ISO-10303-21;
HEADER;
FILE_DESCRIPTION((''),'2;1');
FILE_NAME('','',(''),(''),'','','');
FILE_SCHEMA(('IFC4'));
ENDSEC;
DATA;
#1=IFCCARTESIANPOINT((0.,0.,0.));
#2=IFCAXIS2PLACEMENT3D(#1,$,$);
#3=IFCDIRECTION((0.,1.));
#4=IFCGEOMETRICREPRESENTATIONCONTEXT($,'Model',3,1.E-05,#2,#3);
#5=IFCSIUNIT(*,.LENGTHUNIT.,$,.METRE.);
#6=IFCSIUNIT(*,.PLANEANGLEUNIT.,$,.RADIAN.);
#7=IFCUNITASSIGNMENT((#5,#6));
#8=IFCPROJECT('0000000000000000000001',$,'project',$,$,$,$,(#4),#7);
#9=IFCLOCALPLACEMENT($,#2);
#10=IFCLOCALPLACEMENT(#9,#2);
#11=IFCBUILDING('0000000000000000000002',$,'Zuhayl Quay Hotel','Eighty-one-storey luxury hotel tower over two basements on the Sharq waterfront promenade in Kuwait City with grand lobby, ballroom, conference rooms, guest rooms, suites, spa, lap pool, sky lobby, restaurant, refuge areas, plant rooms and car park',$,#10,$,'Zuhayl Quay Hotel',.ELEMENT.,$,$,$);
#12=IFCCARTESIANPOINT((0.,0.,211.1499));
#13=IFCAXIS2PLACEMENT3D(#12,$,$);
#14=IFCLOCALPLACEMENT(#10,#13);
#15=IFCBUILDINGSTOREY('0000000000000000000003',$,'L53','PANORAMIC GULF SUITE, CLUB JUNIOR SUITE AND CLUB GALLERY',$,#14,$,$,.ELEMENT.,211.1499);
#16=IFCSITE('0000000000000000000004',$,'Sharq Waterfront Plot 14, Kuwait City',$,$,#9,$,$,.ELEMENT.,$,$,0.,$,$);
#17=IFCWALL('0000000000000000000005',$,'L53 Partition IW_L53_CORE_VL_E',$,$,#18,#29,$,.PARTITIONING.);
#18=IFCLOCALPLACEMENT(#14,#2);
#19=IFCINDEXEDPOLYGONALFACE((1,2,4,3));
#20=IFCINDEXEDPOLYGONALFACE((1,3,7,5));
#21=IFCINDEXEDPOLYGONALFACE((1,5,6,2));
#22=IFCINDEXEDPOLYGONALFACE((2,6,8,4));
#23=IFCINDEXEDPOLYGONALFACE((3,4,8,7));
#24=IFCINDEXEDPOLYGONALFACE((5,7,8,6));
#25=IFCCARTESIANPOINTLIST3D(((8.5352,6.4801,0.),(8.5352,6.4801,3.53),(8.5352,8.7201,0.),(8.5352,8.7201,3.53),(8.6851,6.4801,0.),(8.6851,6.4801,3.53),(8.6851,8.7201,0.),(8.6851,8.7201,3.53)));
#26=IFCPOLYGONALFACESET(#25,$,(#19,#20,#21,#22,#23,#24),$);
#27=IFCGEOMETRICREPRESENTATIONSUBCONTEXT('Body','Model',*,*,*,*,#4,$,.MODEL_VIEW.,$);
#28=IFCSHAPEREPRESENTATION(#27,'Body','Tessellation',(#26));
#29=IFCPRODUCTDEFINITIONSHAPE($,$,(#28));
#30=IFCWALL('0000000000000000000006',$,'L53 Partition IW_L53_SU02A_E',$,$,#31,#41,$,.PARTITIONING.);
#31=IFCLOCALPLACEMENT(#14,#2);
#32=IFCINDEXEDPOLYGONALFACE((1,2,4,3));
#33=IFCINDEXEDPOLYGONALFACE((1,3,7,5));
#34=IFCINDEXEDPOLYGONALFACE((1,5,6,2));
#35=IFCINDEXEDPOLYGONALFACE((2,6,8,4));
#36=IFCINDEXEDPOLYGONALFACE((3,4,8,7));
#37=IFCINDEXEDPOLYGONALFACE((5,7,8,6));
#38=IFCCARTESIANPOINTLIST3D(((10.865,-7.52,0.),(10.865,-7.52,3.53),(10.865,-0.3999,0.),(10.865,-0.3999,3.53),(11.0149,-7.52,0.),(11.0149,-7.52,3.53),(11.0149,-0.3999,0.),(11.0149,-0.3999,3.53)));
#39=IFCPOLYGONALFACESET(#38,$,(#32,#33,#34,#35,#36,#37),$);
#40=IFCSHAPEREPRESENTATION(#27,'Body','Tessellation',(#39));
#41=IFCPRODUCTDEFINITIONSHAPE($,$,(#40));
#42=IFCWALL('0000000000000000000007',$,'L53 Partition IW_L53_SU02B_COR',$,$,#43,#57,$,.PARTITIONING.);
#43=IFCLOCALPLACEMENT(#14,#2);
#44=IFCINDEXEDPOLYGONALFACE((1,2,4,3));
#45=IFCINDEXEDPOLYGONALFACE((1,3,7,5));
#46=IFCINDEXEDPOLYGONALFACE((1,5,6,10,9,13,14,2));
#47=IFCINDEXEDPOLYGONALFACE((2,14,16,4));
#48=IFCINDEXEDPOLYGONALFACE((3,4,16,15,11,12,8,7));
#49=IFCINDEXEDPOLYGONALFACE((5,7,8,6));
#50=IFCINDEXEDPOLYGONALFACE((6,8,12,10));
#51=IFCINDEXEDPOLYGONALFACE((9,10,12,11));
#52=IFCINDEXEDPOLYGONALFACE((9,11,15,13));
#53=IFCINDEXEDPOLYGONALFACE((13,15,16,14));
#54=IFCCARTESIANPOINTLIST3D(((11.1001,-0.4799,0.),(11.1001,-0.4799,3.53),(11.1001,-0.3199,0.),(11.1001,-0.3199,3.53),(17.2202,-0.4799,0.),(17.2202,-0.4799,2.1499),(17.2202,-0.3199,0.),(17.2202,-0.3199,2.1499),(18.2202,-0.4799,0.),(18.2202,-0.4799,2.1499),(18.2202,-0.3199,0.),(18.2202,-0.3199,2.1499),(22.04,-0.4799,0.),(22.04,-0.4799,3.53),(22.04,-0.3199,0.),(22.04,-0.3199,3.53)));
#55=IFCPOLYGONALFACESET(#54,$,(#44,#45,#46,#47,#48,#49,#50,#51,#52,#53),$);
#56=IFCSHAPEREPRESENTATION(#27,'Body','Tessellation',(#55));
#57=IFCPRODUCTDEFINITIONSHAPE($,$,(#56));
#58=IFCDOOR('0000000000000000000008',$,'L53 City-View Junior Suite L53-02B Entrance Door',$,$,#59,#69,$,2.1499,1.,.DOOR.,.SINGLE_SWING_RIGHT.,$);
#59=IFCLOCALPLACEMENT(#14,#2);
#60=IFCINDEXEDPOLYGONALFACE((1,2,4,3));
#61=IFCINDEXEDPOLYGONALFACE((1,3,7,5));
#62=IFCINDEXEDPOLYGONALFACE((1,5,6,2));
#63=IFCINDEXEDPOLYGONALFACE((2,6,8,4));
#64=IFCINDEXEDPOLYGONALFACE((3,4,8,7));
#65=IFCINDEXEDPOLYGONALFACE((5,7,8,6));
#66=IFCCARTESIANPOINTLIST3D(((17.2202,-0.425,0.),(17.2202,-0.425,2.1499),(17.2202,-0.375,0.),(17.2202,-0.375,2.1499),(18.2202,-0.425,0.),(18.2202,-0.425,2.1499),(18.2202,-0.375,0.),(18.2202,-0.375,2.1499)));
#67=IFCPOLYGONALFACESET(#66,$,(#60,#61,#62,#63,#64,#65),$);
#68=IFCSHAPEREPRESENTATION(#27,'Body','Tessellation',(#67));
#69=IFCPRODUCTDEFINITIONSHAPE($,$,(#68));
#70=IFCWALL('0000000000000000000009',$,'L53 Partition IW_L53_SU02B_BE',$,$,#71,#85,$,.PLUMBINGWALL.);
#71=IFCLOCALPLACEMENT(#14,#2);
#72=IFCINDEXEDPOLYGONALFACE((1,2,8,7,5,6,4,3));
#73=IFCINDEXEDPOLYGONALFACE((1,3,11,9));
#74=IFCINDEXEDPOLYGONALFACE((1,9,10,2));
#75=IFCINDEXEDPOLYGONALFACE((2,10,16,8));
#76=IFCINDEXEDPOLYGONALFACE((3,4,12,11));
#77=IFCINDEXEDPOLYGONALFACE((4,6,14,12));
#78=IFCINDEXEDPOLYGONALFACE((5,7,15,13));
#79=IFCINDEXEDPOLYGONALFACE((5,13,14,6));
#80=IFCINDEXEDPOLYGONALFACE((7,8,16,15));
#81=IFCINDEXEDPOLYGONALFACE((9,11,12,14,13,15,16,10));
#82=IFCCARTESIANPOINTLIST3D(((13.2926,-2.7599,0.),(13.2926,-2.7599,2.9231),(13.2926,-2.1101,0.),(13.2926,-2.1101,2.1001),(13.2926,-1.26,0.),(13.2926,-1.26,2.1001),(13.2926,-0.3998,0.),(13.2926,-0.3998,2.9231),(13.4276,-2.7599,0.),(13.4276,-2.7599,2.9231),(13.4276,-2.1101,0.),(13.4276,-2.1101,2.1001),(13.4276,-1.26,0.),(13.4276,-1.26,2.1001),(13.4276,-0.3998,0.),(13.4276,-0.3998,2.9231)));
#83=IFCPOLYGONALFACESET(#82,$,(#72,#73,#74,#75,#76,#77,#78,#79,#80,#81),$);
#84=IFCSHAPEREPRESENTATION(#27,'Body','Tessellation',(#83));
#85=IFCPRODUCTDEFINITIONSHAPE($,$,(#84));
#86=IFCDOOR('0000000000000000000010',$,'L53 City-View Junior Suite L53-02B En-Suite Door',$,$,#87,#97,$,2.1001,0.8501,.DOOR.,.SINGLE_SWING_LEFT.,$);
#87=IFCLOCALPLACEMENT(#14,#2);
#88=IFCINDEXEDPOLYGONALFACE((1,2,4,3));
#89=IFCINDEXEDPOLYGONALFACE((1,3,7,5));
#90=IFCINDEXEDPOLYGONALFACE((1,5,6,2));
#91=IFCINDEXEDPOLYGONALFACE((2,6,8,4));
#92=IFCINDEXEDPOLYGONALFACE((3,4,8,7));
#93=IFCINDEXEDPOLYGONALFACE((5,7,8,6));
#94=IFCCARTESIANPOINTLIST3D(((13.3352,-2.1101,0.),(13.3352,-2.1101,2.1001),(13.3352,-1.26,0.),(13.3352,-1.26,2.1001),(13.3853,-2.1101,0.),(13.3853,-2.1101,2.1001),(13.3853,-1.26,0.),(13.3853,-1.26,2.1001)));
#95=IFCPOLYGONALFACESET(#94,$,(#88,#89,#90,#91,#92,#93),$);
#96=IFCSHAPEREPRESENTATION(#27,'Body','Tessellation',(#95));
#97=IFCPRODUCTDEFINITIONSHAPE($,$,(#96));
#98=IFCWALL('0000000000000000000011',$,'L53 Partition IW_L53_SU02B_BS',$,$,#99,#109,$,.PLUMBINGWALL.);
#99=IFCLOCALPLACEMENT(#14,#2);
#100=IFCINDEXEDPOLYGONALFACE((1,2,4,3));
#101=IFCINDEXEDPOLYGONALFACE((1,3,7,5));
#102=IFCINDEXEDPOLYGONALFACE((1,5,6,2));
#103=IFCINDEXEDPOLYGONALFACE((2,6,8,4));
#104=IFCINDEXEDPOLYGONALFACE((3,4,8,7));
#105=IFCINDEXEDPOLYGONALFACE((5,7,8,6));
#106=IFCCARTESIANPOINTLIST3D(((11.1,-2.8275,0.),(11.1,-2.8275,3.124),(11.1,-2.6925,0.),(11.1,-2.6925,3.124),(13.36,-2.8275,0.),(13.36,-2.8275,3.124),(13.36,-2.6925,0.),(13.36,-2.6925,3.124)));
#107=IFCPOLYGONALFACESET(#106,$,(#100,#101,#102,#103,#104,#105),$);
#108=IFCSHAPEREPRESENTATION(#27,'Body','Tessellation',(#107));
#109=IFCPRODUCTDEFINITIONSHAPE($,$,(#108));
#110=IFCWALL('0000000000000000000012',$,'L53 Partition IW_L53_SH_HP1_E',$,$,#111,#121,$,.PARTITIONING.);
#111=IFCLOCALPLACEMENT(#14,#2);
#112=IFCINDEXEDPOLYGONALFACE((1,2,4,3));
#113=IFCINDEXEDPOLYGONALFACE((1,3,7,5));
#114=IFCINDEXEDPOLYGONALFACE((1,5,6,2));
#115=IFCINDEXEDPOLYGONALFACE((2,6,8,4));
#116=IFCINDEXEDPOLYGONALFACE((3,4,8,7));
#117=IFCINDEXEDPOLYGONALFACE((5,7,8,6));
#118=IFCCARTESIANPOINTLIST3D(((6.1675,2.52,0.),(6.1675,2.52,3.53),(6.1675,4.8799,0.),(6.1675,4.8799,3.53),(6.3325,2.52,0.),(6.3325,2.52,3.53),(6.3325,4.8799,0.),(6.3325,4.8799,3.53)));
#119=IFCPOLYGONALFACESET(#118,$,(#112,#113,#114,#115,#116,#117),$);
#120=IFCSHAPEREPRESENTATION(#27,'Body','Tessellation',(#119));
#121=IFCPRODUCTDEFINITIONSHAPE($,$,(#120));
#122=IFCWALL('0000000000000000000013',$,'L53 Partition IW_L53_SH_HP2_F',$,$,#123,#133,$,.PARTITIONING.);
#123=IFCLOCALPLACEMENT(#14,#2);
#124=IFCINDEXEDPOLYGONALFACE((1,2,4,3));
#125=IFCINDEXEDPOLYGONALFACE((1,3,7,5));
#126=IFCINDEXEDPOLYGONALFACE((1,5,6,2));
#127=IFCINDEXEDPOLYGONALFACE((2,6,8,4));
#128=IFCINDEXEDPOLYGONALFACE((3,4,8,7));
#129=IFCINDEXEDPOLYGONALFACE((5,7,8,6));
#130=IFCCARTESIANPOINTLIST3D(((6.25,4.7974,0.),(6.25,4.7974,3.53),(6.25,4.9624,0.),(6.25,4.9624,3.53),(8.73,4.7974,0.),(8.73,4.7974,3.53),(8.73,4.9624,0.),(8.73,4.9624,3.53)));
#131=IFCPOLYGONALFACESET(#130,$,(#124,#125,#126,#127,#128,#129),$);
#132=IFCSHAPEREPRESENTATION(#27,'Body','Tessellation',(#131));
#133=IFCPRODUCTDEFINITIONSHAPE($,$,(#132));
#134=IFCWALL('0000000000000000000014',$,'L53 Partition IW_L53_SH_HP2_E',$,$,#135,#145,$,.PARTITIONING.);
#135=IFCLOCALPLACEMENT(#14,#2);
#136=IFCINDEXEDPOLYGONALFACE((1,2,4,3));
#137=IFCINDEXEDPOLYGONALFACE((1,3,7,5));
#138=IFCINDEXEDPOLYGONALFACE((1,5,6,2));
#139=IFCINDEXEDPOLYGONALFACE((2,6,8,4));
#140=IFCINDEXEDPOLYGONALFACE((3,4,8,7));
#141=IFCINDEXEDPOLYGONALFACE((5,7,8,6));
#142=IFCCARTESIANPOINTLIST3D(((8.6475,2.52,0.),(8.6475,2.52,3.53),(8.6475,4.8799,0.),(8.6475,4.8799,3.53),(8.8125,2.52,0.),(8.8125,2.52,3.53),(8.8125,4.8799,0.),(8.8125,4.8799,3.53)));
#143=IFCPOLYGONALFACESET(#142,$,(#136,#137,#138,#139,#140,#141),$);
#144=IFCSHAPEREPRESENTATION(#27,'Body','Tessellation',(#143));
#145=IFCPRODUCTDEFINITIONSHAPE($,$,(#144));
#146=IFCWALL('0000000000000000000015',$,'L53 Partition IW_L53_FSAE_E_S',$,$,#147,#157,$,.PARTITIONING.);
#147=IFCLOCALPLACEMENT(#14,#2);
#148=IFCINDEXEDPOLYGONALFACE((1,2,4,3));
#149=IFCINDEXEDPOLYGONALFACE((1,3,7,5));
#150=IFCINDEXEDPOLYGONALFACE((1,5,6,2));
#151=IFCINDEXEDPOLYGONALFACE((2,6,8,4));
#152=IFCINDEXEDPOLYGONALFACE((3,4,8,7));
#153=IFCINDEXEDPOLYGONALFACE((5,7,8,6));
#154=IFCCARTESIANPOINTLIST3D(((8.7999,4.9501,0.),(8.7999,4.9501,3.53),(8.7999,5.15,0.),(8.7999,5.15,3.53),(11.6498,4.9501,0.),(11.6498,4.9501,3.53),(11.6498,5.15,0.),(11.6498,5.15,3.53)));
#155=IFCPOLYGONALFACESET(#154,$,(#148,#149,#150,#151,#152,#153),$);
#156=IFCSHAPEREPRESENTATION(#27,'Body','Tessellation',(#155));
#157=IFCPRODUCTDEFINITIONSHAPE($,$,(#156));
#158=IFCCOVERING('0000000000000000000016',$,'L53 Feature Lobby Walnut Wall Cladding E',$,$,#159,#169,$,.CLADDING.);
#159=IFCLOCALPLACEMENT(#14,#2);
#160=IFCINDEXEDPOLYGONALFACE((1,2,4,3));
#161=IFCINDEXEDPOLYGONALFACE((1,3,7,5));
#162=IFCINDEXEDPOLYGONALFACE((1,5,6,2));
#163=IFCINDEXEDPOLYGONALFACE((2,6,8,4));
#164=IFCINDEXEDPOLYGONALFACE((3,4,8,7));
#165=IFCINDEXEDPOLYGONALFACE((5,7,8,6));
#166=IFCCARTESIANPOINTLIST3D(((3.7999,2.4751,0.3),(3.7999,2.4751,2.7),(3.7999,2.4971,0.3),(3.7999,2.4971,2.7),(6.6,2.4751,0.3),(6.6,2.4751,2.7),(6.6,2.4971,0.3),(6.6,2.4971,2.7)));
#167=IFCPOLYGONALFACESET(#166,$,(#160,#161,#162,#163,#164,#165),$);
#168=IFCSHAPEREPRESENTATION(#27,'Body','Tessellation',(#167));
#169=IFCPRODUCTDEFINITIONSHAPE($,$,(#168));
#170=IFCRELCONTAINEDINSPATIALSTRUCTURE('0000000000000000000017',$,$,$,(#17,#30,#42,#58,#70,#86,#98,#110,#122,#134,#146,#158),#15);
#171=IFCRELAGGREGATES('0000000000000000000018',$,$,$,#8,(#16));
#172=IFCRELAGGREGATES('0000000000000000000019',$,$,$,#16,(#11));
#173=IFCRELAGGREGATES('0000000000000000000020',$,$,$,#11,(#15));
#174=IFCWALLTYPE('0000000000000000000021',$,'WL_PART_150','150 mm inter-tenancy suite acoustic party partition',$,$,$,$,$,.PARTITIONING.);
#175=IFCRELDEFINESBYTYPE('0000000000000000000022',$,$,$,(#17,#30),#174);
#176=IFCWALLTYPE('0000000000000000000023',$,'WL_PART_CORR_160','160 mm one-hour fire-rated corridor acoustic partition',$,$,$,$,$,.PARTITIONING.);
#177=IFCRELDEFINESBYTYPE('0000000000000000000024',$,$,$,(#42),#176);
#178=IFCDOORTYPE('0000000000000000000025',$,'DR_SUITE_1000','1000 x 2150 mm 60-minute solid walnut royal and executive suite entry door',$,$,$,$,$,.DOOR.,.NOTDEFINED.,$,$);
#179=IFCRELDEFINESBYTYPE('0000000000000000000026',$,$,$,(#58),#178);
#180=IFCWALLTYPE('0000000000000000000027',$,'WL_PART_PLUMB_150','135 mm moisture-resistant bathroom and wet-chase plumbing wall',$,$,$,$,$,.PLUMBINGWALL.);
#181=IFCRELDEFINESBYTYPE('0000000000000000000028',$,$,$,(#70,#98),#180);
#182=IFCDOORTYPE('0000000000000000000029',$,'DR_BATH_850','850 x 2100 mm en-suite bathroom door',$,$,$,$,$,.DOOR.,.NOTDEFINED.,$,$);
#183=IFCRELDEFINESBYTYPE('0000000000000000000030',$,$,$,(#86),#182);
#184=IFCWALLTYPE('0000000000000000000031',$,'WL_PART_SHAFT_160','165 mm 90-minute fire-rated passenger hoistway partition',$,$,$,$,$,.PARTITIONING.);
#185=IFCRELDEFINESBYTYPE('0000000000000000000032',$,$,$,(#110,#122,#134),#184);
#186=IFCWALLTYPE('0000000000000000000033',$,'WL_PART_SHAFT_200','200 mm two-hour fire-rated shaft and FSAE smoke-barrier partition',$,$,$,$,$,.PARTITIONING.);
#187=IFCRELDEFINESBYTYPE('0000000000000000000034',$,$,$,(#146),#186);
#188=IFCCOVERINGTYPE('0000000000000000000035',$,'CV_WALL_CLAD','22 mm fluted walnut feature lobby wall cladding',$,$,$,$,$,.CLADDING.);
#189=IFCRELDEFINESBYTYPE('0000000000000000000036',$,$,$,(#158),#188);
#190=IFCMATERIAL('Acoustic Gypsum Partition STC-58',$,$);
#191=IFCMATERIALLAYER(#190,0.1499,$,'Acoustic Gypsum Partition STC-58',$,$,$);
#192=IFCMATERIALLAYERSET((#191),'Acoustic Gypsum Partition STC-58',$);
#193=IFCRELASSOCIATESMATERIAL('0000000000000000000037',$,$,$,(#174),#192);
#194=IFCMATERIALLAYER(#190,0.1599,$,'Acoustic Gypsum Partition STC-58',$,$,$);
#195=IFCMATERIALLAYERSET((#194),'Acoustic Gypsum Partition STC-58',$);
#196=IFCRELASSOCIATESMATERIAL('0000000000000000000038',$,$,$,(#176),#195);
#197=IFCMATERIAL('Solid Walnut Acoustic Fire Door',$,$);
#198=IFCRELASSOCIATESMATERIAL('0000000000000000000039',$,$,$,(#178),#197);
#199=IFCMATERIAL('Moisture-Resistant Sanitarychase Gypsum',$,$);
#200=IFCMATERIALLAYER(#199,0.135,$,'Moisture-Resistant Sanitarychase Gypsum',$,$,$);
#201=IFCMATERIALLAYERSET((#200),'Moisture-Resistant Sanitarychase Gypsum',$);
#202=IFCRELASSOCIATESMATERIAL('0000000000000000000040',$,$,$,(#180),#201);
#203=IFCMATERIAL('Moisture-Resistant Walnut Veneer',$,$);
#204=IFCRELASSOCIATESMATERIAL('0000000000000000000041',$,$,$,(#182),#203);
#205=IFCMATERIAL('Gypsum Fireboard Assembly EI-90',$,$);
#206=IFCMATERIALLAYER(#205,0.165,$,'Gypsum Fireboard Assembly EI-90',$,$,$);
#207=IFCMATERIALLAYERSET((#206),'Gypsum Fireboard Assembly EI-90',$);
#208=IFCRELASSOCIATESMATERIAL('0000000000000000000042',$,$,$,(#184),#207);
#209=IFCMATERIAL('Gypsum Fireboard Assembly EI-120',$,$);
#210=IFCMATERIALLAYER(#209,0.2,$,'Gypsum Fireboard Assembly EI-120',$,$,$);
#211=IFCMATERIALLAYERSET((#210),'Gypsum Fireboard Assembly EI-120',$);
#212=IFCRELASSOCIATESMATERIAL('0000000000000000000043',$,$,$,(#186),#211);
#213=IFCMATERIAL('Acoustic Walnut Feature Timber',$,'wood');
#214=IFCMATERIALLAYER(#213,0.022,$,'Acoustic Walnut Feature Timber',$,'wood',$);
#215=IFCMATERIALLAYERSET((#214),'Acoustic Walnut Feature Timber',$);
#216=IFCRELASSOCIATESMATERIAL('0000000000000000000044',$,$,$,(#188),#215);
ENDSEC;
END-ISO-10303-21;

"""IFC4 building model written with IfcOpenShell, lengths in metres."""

from ifc_helpers import new_model, si_unit, direction, frame, frame_2d, origin, origin_2d, place, context, subcontext, project, spatial, rectangle, extrude, material, layer, layer_set, type_object, element, fill, save


model = new_model("IFC4")

# Units and contexts
model_context = context("Model", 3, precision=1e-05, world=origin(), true_north=direction((0.0, 1.0)))
body_context = subcontext(model_context, "Body", "Model", "MODEL_VIEW")
ifc_project = project(units=[si_unit("LENGTHUNIT", "METRE"), si_unit("PLANEANGLEUNIT", "RADIAN")], contexts=[model_context])

# Site, building, storey
site_placement = place(None, origin())
site = spatial("IfcSite", under=ifc_project, at=site_placement, Name="Sharq Waterfront Plot 14, Kuwait City", CompositionType="ELEMENT", RefElevation=0.0)
building_placement = place(site_placement, origin())
building = spatial("IfcBuilding", under=site, at=building_placement, Name="Zuhayl Quay Hotel", Description="Eighty-one-storey luxury hotel tower over two basements on the Sharq waterfront promenade in Kuwait City with grand lobby, ballroom, conference rooms, guest rooms, suites, spa, lap pool, sky lobby, restaurant, refuge areas, plant rooms and car park", LongName="Zuhayl Quay Hotel", CompositionType="ELEMENT")
storey_placement = place(building_placement, frame((0.0, 0.0, 211.1499)))
storey = spatial("IfcBuildingStorey", under=building, at=storey_placement, Name="L53", Description="PANORAMIC GULF SUITE, CLUB JUNIOR SUITE AND CLUB GALLERY", CompositionType="ELEMENT", Elevation=211.1499)

# Walls
ifc_material_1 = material(Name="Acoustic Gypsum Partition STC-58")
ifc_layer_1 = layer(ifc_material_1, 0.1499, Name="Acoustic Gypsum Partition STC-58")
ifc_layer_set_1 = layer_set([ifc_layer_1], Name="Acoustic Gypsum Partition STC-58")
wall_type_1 = type_object("IfcWallType", Name="WL_PART_150", Description="150 mm inter-tenancy suite acoustic party partition", PredefinedType="PARTITIONING", material=ifc_layer_set_1)
wall_1_placement = place(storey_placement, frame((8.6101, 6.48, 0.0), z_axis=(0.0, 0.0, 1.0), x_axis=(0.0, 1.0, 0.0)))
element("IfcWall", 1, at=wall_1_placement, inside=storey, type_object=wall_type_1, Name="L53 Partition IW_L53_CORE_VL_E", PredefinedType="PARTITIONING", context=body_context, shape_type="SweptSolid", body=[
    extrude(rectangle(XDim=2.24, YDim=0.1499, at=frame_2d((1.1201, 0.0))), origin(), (0.0, 0.0, 1.0), 3.53),
])
wall_2_placement = place(storey_placement, frame((10.9399, -7.52, 0.0), z_axis=(0.0, 0.0, 1.0), x_axis=(0.0, 1.0, 0.0)))
element("IfcWall", 2, at=wall_2_placement, inside=storey, type_object=wall_type_1, Name="L53 Partition IW_L53_SU02A_E", PredefinedType="PARTITIONING", context=body_context, shape_type="SweptSolid", body=[
    extrude(rectangle(XDim=7.1201, YDim=0.1499, at=frame_2d((3.5601, 0.0))), origin(), (0.0, 0.0, 1.0), 3.53),
])

# Walls, openings, doors
ifc_layer_2 = layer(ifc_material_1, 0.1599, Name="Acoustic Gypsum Partition STC-58")
ifc_layer_set_2 = layer_set([ifc_layer_2], Name="Acoustic Gypsum Partition STC-58")
wall_type_2 = type_object("IfcWallType", Name="WL_PART_CORR_160", Description="160 mm one-hour fire-rated corridor acoustic partition", PredefinedType="PARTITIONING", material=ifc_layer_set_2)
wall_3_placement = place(storey_placement, frame((11.1001, -0.3999, 0.0), z_axis=(0.0, 0.0, 1.0), x_axis=(1.0, 0.0, 0.0)))
wall_3 = element("IfcWall", 3, at=wall_3_placement, inside=storey, type_object=wall_type_2, Name="L53 Partition IW_L53_SU02B_COR", PredefinedType="PARTITIONING", context=body_context, shape_type="SweptSolid", body=[
    extrude(rectangle(XDim=10.9399, YDim=0.1599, at=frame_2d((5.47, 0.0))), origin(), (0.0, 0.0, 1.0), 3.53),
])
opening_1_placement = place(wall_3_placement, frame((6.1201, 0.0, 0.0)))
opening_1 = element("IfcOpeningElement", 4, at=opening_1_placement, cuts=wall_3, PredefinedType="OPENING", context=body_context, shape_type="SweptSolid", body=[
    extrude(rectangle(XDim=1.0, YDim=2.1499, at=frame_2d((0.5, 1.075))), frame((0.0, 0.0898, 0.0), z_axis=(0.0, -1.0, 0.0), x_axis=(1.0, 0.0, 0.0)), (0.0, 0.0, 1.0), 0.1799),
])
ifc_material_2 = material(Name="Solid Walnut Acoustic Fire Door")
door_type_1 = type_object("IfcDoorType", Name="DR_SUITE_1000", Description="1000 x 2150 mm 60-minute solid walnut royal and executive suite entry door", OperationType="NOTDEFINED", PredefinedType="DOOR", material=ifc_material_2)
door_1_placement = place(opening_1_placement, origin())
door_1 = element("IfcDoor", 5, at=door_1_placement, inside=storey, type_object=door_type_1, Name="L53 City-View Junior Suite L53-02B Entrance Door", OperationType="SINGLE_SWING_RIGHT", OverallHeight=2.1499, OverallWidth=1.0, PredefinedType="DOOR", context=body_context, shape_type="SweptSolid", body=[
    extrude(rectangle(XDim=1.0, YDim=2.1499, at=frame_2d((0.5, 1.075))), frame((0.0, 0.0249, 0.0), z_axis=(0.0, -1.0, 0.0), x_axis=(1.0, 0.0, 0.0)), (0.0, 0.0, 1.0), 0.05),
])
fill(opening_1, door_1)
ifc_material_3 = material(Name="Moisture-Resistant Sanitarychase Gypsum")
ifc_layer_3 = layer(ifc_material_3, 0.135, Name="Moisture-Resistant Sanitarychase Gypsum")
ifc_layer_set_3 = layer_set([ifc_layer_3], Name="Moisture-Resistant Sanitarychase Gypsum")
wall_type_3 = type_object("IfcWallType", Name="WL_PART_PLUMB_150", Description="135 mm moisture-resistant bathroom and wet-chase plumbing wall", PredefinedType="PLUMBINGWALL", material=ifc_layer_set_3)
wall_4_placement = place(storey_placement, frame((13.3601, -2.76, 0.0), z_axis=(0.0, 0.0, 1.0), x_axis=(0.0, 1.0, 0.0)))
wall_4 = element("IfcWall", 6, at=wall_4_placement, inside=storey, type_object=wall_type_3, Name="L53 Partition IW_L53_SU02B_BE", PredefinedType="PLUMBINGWALL", context=body_context, shape_type="SweptSolid", body=[
    extrude(rectangle(XDim=2.3601, YDim=0.135, at=frame_2d((1.1802, 0.0))), origin(), (0.0, 0.0, 1.0), 2.9231),
])
opening_2_placement = place(wall_4_placement, frame((0.6499, 0.0, 0.0)))
opening_2 = element("IfcOpeningElement", 7, at=opening_2_placement, cuts=wall_4, PredefinedType="OPENING", context=body_context, shape_type="SweptSolid", body=[
    extrude(rectangle(XDim=0.8501, YDim=2.1001, at=frame_2d((0.425, 1.05))), frame((0.0, 0.0774, 0.0), z_axis=(0.0, -1.0, 0.0), x_axis=(1.0, 0.0, 0.0)), (0.0, 0.0, 1.0), 0.155),
])
ifc_material_4 = material(Name="Moisture-Resistant Walnut Veneer")
door_type_2 = type_object("IfcDoorType", Name="DR_BATH_850", Description="850 x 2100 mm en-suite bathroom door", OperationType="NOTDEFINED", PredefinedType="DOOR", material=ifc_material_4)
door_2_placement = place(opening_2_placement, origin())
door_2 = element("IfcDoor", 8, at=door_2_placement, inside=storey, type_object=door_type_2, Name="L53 City-View Junior Suite L53-02B En-Suite Door", OperationType="SINGLE_SWING_LEFT", OverallHeight=2.1001, OverallWidth=0.8501, PredefinedType="DOOR", context=body_context, shape_type="SweptSolid", body=[
    extrude(rectangle(XDim=0.8501, YDim=2.1001, at=frame_2d((0.425, 1.05))), frame((0.0, 0.0249, 0.0), z_axis=(0.0, -1.0, 0.0), x_axis=(1.0, 0.0, 0.0)), (0.0, 0.0, 1.0), 0.05),
])
fill(opening_2, door_2)

# Walls
wall_5_placement = place(storey_placement, frame((11.1001, -2.76, 0.0), z_axis=(0.0, 0.0, 1.0), x_axis=(1.0, 0.0, 0.0)))
element("IfcWall", 9, at=wall_5_placement, inside=storey, type_object=wall_type_3, Name="L53 Partition IW_L53_SU02B_BS", PredefinedType="PLUMBINGWALL", context=body_context, shape_type="SweptSolid", body=[
    extrude(rectangle(XDim=2.26, YDim=0.135, at=frame_2d((1.1299, 0.0))), origin(), (0.0, 0.0, 1.0), 3.124),
])
ifc_material_5 = material(Name="Gypsum Fireboard Assembly EI-90")
ifc_layer_4 = layer(ifc_material_5, 0.165, Name="Gypsum Fireboard Assembly EI-90")
ifc_layer_set_4 = layer_set([ifc_layer_4], Name="Gypsum Fireboard Assembly EI-90")
wall_type_4 = type_object("IfcWallType", Name="WL_PART_SHAFT_160", Description="165 mm 90-minute fire-rated passenger hoistway partition", PredefinedType="PARTITIONING", material=ifc_layer_set_4)
wall_6_placement = place(storey_placement, frame((6.25, 2.52, 0.0), z_axis=(0.0, 0.0, 1.0), x_axis=(0.0, 1.0, 0.0)))
element("IfcWall", 10, at=wall_6_placement, inside=storey, type_object=wall_type_4, Name="L53 Partition IW_L53_SH_HP1_E", PredefinedType="PARTITIONING", context=body_context, shape_type="SweptSolid", body=[
    extrude(rectangle(XDim=2.3599, YDim=0.165, at=frame_2d((1.1799, 0.0))), origin(), (0.0, 0.0, 1.0), 3.53),
])
wall_7_placement = place(storey_placement, frame((6.25, 4.8799, 0.0), z_axis=(0.0, 0.0, 1.0), x_axis=(1.0, 0.0, 0.0)))
element("IfcWall", 11, at=wall_7_placement, inside=storey, type_object=wall_type_4, Name="L53 Partition IW_L53_SH_HP2_F", PredefinedType="PARTITIONING", context=body_context, shape_type="SweptSolid", body=[
    extrude(rectangle(XDim=2.48, YDim=0.165, at=frame_2d((1.24, 0.0))), origin(), (0.0, 0.0, 1.0), 3.53),
])
wall_8_placement = place(storey_placement, frame((8.73, 2.52, 0.0), z_axis=(0.0, 0.0, 1.0), x_axis=(0.0, 1.0, 0.0)))
element("IfcWall", 12, at=wall_8_placement, inside=storey, type_object=wall_type_4, Name="L53 Partition IW_L53_SH_HP2_E", PredefinedType="PARTITIONING", context=body_context, shape_type="SweptSolid", body=[
    extrude(rectangle(XDim=2.3599, YDim=0.165, at=frame_2d((1.1799, 0.0))), origin(), (0.0, 0.0, 1.0), 3.53),
])
ifc_material_6 = material(Name="Gypsum Fireboard Assembly EI-120")
ifc_layer_5 = layer(ifc_material_6, 0.2, Name="Gypsum Fireboard Assembly EI-120")
ifc_layer_set_5 = layer_set([ifc_layer_5], Name="Gypsum Fireboard Assembly EI-120")
wall_type_5 = type_object("IfcWallType", Name="WL_PART_SHAFT_200", Description="200 mm two-hour fire-rated shaft and FSAE smoke-barrier partition", PredefinedType="PARTITIONING", material=ifc_layer_set_5)
wall_9_placement = place(storey_placement, frame((8.8, 5.05, 0.0), z_axis=(0.0, 0.0, 1.0), x_axis=(1.0, 0.0, 0.0)))
element("IfcWall", 13, at=wall_9_placement, inside=storey, type_object=wall_type_5, Name="L53 Partition IW_L53_FSAE_E_S", PredefinedType="PARTITIONING", context=body_context, shape_type="SweptSolid", body=[
    extrude(rectangle(XDim=2.8499, YDim=0.2, at=frame_2d((1.4248, 0.0))), origin(), (0.0, 0.0, 1.0), 3.53),
])

# Covering
ifc_material_7 = material(Name="Acoustic Walnut Feature Timber", Category="wood")
ifc_layer_6 = layer(ifc_material_7, 0.022, Name="Acoustic Walnut Feature Timber", Category="wood")
ifc_layer_set_6 = layer_set([ifc_layer_6], Name="Acoustic Walnut Feature Timber")
covering_type = type_object("IfcCoveringType", Name="CV_WALL_CLAD", Description="22 mm fluted walnut feature lobby wall cladding", PredefinedType="CLADDING", material=ifc_layer_set_6)
covering_placement = place(storey_placement, frame((5.2, 2.4861, 0.3), z_axis=(0.0, 0.0, 1.0), x_axis=(1.0, 0.0, 0.0)))
element("IfcCovering", 14, at=covering_placement, inside=storey, type_object=covering_type, Name="L53 Feature Lobby Walnut Wall Cladding E", PredefinedType="CLADDING", context=body_context, shape_type="SweptSolid", body=[
    extrude(rectangle(XDim=2.8, YDim=0.022, at=origin_2d()), origin(), (0.0, 0.0, 1.0), 2.3999),
])

save(model, "model.ifc")
